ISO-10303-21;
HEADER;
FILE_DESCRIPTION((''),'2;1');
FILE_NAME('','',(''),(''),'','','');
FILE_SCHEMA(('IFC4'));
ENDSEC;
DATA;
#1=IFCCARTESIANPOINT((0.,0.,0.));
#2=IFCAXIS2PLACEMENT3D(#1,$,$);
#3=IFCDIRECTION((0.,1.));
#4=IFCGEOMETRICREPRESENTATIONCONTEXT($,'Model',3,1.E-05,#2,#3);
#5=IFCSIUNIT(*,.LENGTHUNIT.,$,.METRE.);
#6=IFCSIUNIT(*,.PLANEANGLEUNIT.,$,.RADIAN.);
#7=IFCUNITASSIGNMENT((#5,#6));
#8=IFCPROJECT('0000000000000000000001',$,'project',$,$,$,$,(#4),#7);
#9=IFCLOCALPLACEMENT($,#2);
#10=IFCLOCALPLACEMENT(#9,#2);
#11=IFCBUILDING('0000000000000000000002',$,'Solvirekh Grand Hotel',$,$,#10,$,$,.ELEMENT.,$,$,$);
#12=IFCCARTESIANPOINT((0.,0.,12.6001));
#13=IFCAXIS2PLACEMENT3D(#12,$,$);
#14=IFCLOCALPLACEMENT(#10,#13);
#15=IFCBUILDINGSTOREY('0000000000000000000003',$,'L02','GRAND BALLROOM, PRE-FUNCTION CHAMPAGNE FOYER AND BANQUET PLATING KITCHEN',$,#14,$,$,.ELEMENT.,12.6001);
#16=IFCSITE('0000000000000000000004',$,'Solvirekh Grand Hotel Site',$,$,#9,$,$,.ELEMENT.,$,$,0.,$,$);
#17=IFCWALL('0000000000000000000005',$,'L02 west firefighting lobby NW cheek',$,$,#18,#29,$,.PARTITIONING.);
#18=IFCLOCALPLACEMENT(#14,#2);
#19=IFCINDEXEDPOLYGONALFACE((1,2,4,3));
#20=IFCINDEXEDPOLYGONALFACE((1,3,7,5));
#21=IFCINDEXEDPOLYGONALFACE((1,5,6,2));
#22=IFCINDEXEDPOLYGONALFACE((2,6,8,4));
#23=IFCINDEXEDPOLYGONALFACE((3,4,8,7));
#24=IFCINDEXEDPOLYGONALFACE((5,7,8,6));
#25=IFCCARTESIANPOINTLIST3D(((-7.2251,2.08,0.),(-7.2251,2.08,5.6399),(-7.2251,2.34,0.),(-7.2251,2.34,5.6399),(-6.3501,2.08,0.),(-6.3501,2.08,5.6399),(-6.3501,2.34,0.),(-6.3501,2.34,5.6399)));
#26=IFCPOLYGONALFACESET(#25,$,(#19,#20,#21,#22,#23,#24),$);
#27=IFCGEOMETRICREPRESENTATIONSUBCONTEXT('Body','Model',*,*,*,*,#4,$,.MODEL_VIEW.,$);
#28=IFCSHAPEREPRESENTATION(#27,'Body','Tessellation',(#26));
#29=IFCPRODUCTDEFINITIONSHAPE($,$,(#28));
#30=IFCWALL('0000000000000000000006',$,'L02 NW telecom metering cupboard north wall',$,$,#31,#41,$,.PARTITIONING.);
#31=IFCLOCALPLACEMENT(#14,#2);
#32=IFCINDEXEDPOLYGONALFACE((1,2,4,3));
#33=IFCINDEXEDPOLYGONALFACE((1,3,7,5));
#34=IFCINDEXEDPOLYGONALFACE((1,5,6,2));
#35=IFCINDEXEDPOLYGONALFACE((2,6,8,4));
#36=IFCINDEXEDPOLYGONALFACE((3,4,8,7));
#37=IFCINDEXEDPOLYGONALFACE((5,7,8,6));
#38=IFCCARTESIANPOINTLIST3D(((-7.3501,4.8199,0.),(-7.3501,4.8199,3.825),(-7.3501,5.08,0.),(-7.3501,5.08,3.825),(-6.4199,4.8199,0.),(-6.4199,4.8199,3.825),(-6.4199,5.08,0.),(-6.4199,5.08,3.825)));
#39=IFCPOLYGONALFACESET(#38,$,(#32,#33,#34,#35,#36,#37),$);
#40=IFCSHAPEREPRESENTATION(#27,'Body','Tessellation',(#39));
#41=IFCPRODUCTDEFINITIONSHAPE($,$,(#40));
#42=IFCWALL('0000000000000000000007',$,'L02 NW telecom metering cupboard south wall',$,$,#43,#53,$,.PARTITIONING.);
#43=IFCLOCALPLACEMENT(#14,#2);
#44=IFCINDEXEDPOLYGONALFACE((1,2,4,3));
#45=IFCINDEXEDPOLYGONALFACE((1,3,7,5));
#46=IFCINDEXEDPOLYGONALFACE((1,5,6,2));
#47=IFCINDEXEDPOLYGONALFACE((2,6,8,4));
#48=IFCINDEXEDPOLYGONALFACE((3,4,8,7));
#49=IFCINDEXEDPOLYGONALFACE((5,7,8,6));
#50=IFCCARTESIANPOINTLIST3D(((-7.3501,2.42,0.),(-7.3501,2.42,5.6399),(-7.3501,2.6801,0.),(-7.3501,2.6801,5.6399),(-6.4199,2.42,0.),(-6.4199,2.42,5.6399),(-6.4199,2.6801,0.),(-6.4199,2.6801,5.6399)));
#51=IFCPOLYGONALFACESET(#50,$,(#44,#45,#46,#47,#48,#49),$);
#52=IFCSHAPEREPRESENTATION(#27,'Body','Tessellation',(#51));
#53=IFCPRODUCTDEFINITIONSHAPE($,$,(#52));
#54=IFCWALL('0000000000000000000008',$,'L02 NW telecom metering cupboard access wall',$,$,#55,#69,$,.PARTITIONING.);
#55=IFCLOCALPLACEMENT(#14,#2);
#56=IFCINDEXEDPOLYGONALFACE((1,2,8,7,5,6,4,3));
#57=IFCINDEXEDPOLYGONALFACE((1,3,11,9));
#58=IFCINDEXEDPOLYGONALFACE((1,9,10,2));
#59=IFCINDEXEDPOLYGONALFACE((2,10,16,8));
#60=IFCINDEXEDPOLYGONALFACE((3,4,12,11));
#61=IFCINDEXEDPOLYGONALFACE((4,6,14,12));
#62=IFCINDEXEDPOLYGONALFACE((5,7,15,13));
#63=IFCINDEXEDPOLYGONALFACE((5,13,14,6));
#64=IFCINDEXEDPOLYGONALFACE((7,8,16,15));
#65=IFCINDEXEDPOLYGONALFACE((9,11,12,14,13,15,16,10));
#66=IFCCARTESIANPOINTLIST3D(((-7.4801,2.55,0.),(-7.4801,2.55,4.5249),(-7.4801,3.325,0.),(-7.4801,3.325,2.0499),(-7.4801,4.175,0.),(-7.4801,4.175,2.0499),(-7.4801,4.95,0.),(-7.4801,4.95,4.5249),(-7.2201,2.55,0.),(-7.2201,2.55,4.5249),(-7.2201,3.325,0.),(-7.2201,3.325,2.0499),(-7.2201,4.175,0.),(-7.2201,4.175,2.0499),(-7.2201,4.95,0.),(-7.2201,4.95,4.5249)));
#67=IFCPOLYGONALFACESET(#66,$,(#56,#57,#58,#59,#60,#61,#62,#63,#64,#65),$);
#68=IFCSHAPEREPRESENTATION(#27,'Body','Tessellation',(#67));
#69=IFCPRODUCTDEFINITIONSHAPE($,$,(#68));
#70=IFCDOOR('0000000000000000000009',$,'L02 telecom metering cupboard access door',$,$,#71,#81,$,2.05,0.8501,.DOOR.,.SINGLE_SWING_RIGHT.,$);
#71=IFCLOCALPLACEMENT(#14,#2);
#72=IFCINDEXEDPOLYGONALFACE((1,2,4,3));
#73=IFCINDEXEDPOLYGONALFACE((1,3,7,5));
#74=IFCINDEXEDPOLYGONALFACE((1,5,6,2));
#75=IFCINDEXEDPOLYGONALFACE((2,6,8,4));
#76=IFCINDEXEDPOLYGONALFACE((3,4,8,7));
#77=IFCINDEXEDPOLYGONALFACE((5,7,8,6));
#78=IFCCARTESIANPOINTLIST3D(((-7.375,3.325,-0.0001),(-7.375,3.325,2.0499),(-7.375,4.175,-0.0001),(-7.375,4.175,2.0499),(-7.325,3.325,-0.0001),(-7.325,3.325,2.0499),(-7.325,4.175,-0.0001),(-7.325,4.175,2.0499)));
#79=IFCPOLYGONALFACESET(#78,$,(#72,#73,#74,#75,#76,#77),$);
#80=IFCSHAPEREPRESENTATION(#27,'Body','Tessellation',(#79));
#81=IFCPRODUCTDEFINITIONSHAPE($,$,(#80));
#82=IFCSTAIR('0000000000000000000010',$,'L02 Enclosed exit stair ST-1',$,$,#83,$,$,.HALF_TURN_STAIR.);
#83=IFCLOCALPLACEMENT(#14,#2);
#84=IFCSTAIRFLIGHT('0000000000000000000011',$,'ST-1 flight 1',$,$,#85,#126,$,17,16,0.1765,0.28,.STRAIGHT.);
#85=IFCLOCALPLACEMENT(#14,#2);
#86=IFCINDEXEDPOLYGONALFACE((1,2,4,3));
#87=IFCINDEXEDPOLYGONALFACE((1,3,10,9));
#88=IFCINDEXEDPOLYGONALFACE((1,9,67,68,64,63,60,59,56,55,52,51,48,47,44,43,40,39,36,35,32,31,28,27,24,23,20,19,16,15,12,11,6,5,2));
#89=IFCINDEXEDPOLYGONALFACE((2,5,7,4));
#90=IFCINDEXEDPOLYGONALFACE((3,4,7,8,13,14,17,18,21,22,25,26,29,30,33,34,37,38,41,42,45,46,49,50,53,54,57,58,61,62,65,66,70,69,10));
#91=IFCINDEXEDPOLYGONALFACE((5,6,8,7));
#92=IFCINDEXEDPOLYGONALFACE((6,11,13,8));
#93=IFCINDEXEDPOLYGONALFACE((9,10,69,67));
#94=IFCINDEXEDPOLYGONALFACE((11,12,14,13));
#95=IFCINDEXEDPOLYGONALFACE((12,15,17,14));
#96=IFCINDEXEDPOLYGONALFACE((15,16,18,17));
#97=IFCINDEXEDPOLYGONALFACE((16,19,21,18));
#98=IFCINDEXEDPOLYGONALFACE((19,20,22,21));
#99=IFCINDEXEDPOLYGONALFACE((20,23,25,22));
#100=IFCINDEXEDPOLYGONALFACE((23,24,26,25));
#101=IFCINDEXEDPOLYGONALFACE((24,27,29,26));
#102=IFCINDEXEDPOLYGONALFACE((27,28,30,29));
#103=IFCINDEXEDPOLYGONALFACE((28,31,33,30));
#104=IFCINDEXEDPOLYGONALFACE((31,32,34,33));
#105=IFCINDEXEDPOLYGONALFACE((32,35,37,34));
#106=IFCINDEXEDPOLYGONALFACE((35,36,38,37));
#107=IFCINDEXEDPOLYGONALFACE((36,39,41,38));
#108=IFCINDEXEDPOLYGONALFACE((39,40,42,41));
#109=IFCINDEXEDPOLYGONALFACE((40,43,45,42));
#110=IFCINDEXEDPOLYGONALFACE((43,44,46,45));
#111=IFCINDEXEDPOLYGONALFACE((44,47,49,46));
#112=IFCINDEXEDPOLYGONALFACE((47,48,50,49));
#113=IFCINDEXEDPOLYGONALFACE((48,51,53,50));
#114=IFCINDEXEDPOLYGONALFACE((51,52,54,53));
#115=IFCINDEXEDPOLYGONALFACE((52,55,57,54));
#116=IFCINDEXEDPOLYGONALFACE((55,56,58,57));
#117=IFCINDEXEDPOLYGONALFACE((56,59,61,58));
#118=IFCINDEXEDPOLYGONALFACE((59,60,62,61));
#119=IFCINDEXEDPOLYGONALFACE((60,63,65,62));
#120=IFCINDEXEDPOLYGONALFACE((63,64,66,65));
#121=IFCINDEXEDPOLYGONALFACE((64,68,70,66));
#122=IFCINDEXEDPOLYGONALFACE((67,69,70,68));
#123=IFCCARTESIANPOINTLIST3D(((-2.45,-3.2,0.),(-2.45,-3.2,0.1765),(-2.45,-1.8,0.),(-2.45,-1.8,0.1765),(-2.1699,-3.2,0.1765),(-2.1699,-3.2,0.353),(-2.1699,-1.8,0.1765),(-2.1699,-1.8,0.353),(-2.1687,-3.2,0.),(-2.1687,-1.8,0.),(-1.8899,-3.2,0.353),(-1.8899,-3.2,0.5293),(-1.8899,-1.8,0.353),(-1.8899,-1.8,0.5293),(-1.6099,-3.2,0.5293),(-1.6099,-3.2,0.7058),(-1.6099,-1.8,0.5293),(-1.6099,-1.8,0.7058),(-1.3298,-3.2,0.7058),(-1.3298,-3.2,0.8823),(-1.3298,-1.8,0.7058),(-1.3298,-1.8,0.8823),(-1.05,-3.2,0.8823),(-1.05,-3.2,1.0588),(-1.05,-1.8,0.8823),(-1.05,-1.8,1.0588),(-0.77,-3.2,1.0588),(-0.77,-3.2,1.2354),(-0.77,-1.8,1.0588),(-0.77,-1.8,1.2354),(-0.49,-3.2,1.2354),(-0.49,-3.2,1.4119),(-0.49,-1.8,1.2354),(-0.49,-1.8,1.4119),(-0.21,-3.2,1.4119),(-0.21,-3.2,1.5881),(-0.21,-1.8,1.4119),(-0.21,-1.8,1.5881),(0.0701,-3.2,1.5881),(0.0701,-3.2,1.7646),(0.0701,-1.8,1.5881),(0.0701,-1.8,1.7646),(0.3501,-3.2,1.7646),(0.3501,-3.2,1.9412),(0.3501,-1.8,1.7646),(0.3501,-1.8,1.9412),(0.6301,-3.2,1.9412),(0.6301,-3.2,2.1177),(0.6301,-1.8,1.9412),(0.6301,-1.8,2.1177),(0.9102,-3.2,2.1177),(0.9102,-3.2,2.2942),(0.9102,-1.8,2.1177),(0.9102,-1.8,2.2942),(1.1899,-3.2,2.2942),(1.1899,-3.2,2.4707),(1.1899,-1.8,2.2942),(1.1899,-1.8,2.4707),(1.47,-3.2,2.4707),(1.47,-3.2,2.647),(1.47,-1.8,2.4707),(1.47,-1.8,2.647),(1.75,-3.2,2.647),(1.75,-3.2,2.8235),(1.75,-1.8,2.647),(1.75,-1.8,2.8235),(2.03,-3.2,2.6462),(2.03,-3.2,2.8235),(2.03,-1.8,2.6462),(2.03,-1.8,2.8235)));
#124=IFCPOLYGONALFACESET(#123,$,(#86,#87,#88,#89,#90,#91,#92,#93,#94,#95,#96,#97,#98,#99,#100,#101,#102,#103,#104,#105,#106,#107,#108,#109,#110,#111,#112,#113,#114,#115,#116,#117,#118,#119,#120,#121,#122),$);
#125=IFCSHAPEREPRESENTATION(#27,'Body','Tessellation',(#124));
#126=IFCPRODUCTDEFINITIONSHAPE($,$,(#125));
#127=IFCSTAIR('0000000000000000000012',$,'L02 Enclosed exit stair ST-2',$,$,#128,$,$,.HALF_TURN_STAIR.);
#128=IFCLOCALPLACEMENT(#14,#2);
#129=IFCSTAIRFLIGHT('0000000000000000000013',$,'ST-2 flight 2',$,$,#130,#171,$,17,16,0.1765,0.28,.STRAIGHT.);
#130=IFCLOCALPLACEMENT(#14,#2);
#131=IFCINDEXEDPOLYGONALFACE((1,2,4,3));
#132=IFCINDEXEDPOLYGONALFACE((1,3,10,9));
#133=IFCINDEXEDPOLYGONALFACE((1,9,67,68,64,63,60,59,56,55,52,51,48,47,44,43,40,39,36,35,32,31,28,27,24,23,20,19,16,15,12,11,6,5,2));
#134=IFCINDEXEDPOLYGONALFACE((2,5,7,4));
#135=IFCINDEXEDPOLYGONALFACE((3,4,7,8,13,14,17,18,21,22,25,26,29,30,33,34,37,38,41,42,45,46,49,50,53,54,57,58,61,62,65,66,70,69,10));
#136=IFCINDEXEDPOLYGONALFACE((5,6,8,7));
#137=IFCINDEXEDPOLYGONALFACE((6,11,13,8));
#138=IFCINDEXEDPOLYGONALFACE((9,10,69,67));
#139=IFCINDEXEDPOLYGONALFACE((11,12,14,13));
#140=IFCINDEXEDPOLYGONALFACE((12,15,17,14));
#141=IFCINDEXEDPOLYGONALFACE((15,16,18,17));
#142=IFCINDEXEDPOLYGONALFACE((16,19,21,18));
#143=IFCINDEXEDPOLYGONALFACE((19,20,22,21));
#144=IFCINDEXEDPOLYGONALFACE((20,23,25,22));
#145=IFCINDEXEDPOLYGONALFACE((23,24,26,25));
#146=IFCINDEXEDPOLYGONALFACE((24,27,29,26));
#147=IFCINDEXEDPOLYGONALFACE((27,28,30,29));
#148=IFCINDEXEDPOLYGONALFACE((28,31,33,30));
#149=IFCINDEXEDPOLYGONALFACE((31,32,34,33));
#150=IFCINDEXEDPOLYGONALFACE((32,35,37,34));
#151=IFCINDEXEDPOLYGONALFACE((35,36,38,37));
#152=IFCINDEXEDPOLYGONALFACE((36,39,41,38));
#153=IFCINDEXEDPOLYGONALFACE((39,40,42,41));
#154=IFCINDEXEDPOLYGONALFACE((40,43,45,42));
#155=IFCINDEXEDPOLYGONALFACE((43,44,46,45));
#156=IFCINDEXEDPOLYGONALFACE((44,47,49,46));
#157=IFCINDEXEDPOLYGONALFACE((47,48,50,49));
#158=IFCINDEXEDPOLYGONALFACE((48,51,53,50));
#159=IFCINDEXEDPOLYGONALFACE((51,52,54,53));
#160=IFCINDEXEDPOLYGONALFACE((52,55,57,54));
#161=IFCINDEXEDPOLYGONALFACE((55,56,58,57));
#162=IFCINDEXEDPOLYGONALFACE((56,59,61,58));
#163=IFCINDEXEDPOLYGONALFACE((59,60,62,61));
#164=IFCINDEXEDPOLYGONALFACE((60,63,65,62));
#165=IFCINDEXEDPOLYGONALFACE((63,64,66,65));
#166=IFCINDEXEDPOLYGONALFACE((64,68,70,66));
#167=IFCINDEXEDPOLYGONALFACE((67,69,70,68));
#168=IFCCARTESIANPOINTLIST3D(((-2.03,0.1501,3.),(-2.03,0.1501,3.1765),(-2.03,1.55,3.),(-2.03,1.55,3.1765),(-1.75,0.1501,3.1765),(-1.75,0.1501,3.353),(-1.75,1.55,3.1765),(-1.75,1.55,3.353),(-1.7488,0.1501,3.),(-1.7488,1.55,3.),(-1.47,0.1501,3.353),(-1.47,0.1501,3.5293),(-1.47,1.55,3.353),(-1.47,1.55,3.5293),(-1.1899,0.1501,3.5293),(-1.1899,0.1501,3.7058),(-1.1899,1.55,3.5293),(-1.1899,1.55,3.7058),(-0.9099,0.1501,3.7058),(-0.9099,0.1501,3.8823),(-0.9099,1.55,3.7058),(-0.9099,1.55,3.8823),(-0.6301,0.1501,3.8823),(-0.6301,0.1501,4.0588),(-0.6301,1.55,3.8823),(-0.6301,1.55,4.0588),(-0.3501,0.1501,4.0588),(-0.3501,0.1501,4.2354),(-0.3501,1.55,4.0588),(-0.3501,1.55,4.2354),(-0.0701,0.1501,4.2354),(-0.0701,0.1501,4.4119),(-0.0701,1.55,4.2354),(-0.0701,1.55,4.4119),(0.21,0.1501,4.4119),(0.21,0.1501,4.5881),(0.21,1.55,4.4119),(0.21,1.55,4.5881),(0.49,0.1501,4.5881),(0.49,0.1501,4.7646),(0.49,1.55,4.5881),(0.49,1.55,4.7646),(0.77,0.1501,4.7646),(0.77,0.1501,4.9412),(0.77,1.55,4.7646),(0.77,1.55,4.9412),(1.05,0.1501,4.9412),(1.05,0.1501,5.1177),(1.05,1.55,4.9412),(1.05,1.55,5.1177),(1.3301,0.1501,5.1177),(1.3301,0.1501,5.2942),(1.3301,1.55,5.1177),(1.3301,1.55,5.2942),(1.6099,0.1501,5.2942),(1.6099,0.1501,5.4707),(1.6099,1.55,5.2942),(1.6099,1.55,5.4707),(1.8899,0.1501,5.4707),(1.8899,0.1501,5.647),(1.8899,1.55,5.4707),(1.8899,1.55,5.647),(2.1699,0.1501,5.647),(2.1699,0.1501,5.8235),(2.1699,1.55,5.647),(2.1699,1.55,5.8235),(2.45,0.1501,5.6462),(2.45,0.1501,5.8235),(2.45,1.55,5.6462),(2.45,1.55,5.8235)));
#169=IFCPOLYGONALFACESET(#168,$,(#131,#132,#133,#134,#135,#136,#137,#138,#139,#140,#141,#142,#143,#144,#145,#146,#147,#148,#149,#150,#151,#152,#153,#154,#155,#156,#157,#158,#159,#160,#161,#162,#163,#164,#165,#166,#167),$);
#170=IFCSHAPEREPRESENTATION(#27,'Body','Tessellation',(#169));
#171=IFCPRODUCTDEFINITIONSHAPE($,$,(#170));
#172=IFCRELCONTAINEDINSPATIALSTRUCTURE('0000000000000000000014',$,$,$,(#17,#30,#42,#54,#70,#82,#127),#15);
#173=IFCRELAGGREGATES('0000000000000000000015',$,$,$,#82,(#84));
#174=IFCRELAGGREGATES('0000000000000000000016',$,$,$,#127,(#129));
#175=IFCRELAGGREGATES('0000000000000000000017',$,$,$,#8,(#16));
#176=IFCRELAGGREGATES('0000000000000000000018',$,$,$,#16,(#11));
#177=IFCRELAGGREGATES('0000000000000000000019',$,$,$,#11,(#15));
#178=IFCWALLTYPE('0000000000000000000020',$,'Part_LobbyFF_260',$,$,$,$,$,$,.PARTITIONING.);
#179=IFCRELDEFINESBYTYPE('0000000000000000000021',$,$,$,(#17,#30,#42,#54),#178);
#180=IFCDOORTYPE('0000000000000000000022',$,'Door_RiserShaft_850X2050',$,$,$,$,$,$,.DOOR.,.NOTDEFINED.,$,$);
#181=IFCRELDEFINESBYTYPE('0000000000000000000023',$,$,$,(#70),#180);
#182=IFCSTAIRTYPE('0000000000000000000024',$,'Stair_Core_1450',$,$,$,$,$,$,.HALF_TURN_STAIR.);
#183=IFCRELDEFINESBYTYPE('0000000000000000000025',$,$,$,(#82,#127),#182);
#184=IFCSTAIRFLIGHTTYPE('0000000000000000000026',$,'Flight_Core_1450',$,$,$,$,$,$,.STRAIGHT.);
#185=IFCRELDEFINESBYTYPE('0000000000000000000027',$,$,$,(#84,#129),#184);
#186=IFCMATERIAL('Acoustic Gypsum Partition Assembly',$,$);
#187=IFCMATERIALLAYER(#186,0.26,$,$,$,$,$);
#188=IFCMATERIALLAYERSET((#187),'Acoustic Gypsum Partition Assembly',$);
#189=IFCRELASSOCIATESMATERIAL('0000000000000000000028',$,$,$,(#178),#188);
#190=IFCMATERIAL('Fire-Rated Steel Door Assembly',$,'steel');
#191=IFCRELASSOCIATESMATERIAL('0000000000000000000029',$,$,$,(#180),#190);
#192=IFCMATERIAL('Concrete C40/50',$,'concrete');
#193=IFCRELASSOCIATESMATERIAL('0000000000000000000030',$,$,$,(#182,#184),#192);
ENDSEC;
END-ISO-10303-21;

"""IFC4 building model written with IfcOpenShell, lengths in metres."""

from ifc_helpers import new_model, si_unit, direction, frame, frame_2d, origin, place, context, subcontext, project, spatial, polyline, rectangle, outline, extrude, material, layer, layer_set, type_object, element, fill, aggregate, save


model = new_model("IFC4")

# Units and contexts
model_context = context("Model", 3, precision=1e-05, world=origin(), true_north=direction((0.0, 1.0)))
body_context = subcontext(model_context, "Body", "Model", "MODEL_VIEW")
ifc_project = project(units=[si_unit("LENGTHUNIT", "METRE"), si_unit("PLANEANGLEUNIT", "RADIAN")], contexts=[model_context])

# Site, building, storey
site_placement = place(None, origin())
site = spatial("IfcSite", under=ifc_project, at=site_placement, Name="Solvirekh Grand Hotel Site", CompositionType="ELEMENT", RefElevation=0.0)
building_placement = place(site_placement, origin())
building = spatial("IfcBuilding", under=site, at=building_placement, Name="Solvirekh Grand Hotel", CompositionType="ELEMENT")
storey_placement = place(building_placement, frame((0.0, 0.0, 12.6001)))
storey = spatial("IfcBuildingStorey", under=building, at=storey_placement, Name="L02", Description="GRAND BALLROOM, PRE-FUNCTION CHAMPAGNE FOYER AND BANQUET PLATING KITCHEN", CompositionType="ELEMENT", Elevation=12.6001)

# Shared definitions
ifc_material_1 = material(Name="Concrete C40/50", Category="concrete")

# Shared definitions
ifc_material_2 = material(Name="Fire-Rated Steel Door Assembly", Category="steel")

# Walls
ifc_material_3 = material(Name="Acoustic Gypsum Partition Assembly")
ifc_layer_1 = layer(ifc_material_3, 0.26)
ifc_layer_set_1 = layer_set([ifc_layer_1], Name="Acoustic Gypsum Partition Assembly")
wall_type_1 = type_object("IfcWallType", Name="Part_LobbyFF_260", PredefinedType="PARTITIONING", material=ifc_layer_set_1)
wall_1_placement = place(storey_placement, frame((-7.2251, 2.21, 0.0), z_axis=(0.0, 0.0, 1.0), x_axis=(1.0, 0.0, 0.0)))
element("IfcWall", 1, at=wall_1_placement, inside=storey, type_object=wall_type_1, Name="L02 west firefighting lobby NW cheek", PredefinedType="PARTITIONING", context=body_context, shape_type="SweptSolid", body=[
    extrude(rectangle(XDim=0.875, YDim=0.26, at=frame_2d((0.4375, 0.0))), origin(), (0.0, 0.0, 1.0), 5.6399),
])
wall_2_placement = place(storey_placement, frame((-7.3501, 4.95, 0.0), z_axis=(0.0, 0.0, 1.0), x_axis=(1.0, 0.0, 0.0)))
element("IfcWall", 2, at=wall_2_placement, inside=storey, type_object=wall_type_1, Name="L02 NW telecom metering cupboard north wall", PredefinedType="PARTITIONING", context=body_context, shape_type="SweptSolid", body=[
    extrude(rectangle(XDim=0.9302, YDim=0.26, at=frame_2d((0.4651, 0.0))), origin(), (0.0, 0.0, 1.0), 3.825),
])
wall_3_placement = place(storey_placement, frame((-7.3501, 2.55, 0.0), z_axis=(0.0, 0.0, 1.0), x_axis=(1.0, 0.0, 0.0)))
element("IfcWall", 3, at=wall_3_placement, inside=storey, type_object=wall_type_1, Name="L02 NW telecom metering cupboard south wall", PredefinedType="PARTITIONING", context=body_context, shape_type="SweptSolid", body=[
    extrude(rectangle(XDim=0.9302, YDim=0.26, at=frame_2d((0.4651, 0.0))), origin(), (0.0, 0.0, 1.0), 5.6399),
])

# Wall, opening, door
wall_4_placement = place(storey_placement, frame((-7.3501, 2.55, 0.0), z_axis=(0.0, 0.0, 1.0), x_axis=(0.0, 1.0, 0.0)))
wall_4 = element("IfcWall", 4, at=wall_4_placement, inside=storey, type_object=wall_type_1, Name="L02 NW telecom metering cupboard access wall", PredefinedType="PARTITIONING", context=body_context, shape_type="SweptSolid", body=[
    extrude(rectangle(XDim=2.3999, YDim=0.26, at=frame_2d((1.2, 0.0))), origin(), (0.0, 0.0, 1.0), 4.5249),
])
opening_1_placement = place(wall_4_placement, frame((0.7749, 0.0, 0.0)))
opening_1 = element("IfcOpeningElement", 5, at=opening_1_placement, cuts=wall_4, PredefinedType="OPENING", context=body_context, shape_type="SweptSolid", body=[
    extrude(rectangle(XDim=0.8501, YDim=2.05, at=frame_2d((0.425, 1.0249))), frame((0.0, 0.1401, 0.0), z_axis=(0.0, -1.0, 0.0), x_axis=(1.0, 0.0, 0.0)), (0.0, 0.0, 1.0), 0.28),
])
door_type_1 = type_object("IfcDoorType", Name="Door_RiserShaft_850X2050", OperationType="NOTDEFINED", PredefinedType="DOOR", material=ifc_material_2)
door_1_placement = place(opening_1_placement, origin())
door_1 = element("IfcDoor", 6, at=door_1_placement, inside=storey, type_object=door_type_1, Name="L02 telecom metering cupboard access door", OperationType="SINGLE_SWING_RIGHT", OverallHeight=2.05, OverallWidth=0.8501, PredefinedType="DOOR", context=body_context, shape_type="SweptSolid", body=[
    extrude(rectangle(XDim=0.8501, YDim=2.05, at=frame_2d((0.425, 1.0249))), frame((0.0, 0.0249, 0.0), z_axis=(0.0, -1.0, 0.0), x_axis=(1.0, 0.0, 0.0)), (0.0, 0.0, 1.0), 0.05),
])
fill(opening_1, door_1)

# Stairs, stair flights
stair_type = type_object("IfcStairType", Name="Stair_Core_1450", PredefinedType="HALF_TURN_STAIR", material=ifc_material_1)
stair_1_placement = place(storey_placement, origin())
stair_1 = element("IfcStair", 7, at=stair_1_placement, inside=storey, type_object=stair_type, Name="L02 Enclosed exit stair ST-1", PredefinedType="HALF_TURN_STAIR")
stair_flight_type = type_object("IfcStairFlightType", Name="Flight_Core_1450", PredefinedType="STRAIGHT", material=ifc_material_1)
stair_flight_1_placement = place(storey_placement, frame((-2.45, -2.5, 0.0), z_axis=(0.0, 0.0, 1.0), x_axis=(1.0, 0.0, 0.0)))
stair_flight_1 = element("IfcStairFlight", 8, at=stair_flight_1_placement, type_object=stair_flight_type, Name="ST-1 flight 1", NumberOfRisers=17, NumberOfTreads=16, PredefinedType="STRAIGHT", RiserHeight=0.1765, TreadLength=0.28, context=body_context, shape_type="SweptSolid", body=[
    extrude(outline(polyline([(0.0, 0.0), (0.0, 0.1765), (0.28, 0.1765), (0.28, 0.353), (0.5601, 0.353), (0.5601, 0.5293), (0.8401, 0.5293), (0.8401, 0.7058), (1.1201, 0.7058), (1.1201, 0.8823), (1.3999, 0.8823), (1.3999, 1.0588), (1.6799, 1.0588), (1.6799, 1.2354), (1.96, 1.2354), (1.96, 1.4119), (2.24, 1.4119), (2.24, 1.5881), (2.52, 1.5881), (2.52, 1.7646), (2.8, 1.7646), (2.8, 1.9412), (3.0801, 1.9412), (3.0801, 2.1177), (3.3601, 2.1177), (3.3601, 2.2942), (3.6399, 2.2942), (3.6399, 2.4707), (3.9199, 2.4707), (3.9199, 2.647), (4.2, 2.647), (4.2, 2.8235), (4.48, 2.8235), (4.48, 3.0), (4.48, 2.6462), (0.2812, 0.0), (0.0, 0.0)])), frame((0.0, 0.7, 0.0), z_axis=(0.0, -1.0, 0.0), x_axis=(1.0, 0.0, 0.0)), (0.0, 0.0, 1.0), 1.3999),
])
aggregate(stair_1, [stair_flight_1])
stair_2_placement = place(storey_placement, origin())
stair_2 = element("IfcStair", 9, at=stair_2_placement, inside=storey, type_object=stair_type, Name="L02 Enclosed exit stair ST-2", PredefinedType="HALF_TURN_STAIR")
stair_flight_2_placement = place(storey_placement, frame((-2.03, 0.8501, 3.0), z_axis=(0.0, 0.0, 1.0), x_axis=(1.0, 0.0, 0.0)))
stair_flight_2 = element("IfcStairFlight", 10, at=stair_flight_2_placement, type_object=stair_flight_type, Name="ST-2 flight 2", NumberOfRisers=17, NumberOfTreads=16, PredefinedType="STRAIGHT", RiserHeight=0.1765, TreadLength=0.28, context=body_context, shape_type="SweptSolid", body=[
    extrude(outline(polyline([(0.0, 0.0), (0.0, 0.1765), (0.28, 0.1765), (0.28, 0.353), (0.5601, 0.353), (0.5601, 0.5293), (0.8401, 0.5293), (0.8401, 0.7058), (1.1201, 0.7058), (1.1201, 0.8823), (1.3999, 0.8823), (1.3999, 1.0588), (1.6799, 1.0588), (1.6799, 1.2354), (1.96, 1.2354), (1.96, 1.4119), (2.24, 1.4119), (2.24, 1.5881), (2.52, 1.5881), (2.52, 1.7646), (2.8, 1.7646), (2.8, 1.9412), (3.0801, 1.9412), (3.0801, 2.1177), (3.3601, 2.1177), (3.3601, 2.2942), (3.6399, 2.2942), (3.6399, 2.4707), (3.9199, 2.4707), (3.9199, 2.647), (4.2, 2.647), (4.2, 2.8235), (4.48, 2.8235), (4.48, 3.0), (4.48, 2.6462), (0.2812, 0.0), (0.0, 0.0)])), frame((0.0, 0.7, 0.0), z_axis=(0.0, -1.0, 0.0), x_axis=(1.0, 0.0, 0.0)), (0.0, 0.0, 1.0), 1.3999),
])
aggregate(stair_2, [stair_flight_2])

save(model, "model.ifc")
